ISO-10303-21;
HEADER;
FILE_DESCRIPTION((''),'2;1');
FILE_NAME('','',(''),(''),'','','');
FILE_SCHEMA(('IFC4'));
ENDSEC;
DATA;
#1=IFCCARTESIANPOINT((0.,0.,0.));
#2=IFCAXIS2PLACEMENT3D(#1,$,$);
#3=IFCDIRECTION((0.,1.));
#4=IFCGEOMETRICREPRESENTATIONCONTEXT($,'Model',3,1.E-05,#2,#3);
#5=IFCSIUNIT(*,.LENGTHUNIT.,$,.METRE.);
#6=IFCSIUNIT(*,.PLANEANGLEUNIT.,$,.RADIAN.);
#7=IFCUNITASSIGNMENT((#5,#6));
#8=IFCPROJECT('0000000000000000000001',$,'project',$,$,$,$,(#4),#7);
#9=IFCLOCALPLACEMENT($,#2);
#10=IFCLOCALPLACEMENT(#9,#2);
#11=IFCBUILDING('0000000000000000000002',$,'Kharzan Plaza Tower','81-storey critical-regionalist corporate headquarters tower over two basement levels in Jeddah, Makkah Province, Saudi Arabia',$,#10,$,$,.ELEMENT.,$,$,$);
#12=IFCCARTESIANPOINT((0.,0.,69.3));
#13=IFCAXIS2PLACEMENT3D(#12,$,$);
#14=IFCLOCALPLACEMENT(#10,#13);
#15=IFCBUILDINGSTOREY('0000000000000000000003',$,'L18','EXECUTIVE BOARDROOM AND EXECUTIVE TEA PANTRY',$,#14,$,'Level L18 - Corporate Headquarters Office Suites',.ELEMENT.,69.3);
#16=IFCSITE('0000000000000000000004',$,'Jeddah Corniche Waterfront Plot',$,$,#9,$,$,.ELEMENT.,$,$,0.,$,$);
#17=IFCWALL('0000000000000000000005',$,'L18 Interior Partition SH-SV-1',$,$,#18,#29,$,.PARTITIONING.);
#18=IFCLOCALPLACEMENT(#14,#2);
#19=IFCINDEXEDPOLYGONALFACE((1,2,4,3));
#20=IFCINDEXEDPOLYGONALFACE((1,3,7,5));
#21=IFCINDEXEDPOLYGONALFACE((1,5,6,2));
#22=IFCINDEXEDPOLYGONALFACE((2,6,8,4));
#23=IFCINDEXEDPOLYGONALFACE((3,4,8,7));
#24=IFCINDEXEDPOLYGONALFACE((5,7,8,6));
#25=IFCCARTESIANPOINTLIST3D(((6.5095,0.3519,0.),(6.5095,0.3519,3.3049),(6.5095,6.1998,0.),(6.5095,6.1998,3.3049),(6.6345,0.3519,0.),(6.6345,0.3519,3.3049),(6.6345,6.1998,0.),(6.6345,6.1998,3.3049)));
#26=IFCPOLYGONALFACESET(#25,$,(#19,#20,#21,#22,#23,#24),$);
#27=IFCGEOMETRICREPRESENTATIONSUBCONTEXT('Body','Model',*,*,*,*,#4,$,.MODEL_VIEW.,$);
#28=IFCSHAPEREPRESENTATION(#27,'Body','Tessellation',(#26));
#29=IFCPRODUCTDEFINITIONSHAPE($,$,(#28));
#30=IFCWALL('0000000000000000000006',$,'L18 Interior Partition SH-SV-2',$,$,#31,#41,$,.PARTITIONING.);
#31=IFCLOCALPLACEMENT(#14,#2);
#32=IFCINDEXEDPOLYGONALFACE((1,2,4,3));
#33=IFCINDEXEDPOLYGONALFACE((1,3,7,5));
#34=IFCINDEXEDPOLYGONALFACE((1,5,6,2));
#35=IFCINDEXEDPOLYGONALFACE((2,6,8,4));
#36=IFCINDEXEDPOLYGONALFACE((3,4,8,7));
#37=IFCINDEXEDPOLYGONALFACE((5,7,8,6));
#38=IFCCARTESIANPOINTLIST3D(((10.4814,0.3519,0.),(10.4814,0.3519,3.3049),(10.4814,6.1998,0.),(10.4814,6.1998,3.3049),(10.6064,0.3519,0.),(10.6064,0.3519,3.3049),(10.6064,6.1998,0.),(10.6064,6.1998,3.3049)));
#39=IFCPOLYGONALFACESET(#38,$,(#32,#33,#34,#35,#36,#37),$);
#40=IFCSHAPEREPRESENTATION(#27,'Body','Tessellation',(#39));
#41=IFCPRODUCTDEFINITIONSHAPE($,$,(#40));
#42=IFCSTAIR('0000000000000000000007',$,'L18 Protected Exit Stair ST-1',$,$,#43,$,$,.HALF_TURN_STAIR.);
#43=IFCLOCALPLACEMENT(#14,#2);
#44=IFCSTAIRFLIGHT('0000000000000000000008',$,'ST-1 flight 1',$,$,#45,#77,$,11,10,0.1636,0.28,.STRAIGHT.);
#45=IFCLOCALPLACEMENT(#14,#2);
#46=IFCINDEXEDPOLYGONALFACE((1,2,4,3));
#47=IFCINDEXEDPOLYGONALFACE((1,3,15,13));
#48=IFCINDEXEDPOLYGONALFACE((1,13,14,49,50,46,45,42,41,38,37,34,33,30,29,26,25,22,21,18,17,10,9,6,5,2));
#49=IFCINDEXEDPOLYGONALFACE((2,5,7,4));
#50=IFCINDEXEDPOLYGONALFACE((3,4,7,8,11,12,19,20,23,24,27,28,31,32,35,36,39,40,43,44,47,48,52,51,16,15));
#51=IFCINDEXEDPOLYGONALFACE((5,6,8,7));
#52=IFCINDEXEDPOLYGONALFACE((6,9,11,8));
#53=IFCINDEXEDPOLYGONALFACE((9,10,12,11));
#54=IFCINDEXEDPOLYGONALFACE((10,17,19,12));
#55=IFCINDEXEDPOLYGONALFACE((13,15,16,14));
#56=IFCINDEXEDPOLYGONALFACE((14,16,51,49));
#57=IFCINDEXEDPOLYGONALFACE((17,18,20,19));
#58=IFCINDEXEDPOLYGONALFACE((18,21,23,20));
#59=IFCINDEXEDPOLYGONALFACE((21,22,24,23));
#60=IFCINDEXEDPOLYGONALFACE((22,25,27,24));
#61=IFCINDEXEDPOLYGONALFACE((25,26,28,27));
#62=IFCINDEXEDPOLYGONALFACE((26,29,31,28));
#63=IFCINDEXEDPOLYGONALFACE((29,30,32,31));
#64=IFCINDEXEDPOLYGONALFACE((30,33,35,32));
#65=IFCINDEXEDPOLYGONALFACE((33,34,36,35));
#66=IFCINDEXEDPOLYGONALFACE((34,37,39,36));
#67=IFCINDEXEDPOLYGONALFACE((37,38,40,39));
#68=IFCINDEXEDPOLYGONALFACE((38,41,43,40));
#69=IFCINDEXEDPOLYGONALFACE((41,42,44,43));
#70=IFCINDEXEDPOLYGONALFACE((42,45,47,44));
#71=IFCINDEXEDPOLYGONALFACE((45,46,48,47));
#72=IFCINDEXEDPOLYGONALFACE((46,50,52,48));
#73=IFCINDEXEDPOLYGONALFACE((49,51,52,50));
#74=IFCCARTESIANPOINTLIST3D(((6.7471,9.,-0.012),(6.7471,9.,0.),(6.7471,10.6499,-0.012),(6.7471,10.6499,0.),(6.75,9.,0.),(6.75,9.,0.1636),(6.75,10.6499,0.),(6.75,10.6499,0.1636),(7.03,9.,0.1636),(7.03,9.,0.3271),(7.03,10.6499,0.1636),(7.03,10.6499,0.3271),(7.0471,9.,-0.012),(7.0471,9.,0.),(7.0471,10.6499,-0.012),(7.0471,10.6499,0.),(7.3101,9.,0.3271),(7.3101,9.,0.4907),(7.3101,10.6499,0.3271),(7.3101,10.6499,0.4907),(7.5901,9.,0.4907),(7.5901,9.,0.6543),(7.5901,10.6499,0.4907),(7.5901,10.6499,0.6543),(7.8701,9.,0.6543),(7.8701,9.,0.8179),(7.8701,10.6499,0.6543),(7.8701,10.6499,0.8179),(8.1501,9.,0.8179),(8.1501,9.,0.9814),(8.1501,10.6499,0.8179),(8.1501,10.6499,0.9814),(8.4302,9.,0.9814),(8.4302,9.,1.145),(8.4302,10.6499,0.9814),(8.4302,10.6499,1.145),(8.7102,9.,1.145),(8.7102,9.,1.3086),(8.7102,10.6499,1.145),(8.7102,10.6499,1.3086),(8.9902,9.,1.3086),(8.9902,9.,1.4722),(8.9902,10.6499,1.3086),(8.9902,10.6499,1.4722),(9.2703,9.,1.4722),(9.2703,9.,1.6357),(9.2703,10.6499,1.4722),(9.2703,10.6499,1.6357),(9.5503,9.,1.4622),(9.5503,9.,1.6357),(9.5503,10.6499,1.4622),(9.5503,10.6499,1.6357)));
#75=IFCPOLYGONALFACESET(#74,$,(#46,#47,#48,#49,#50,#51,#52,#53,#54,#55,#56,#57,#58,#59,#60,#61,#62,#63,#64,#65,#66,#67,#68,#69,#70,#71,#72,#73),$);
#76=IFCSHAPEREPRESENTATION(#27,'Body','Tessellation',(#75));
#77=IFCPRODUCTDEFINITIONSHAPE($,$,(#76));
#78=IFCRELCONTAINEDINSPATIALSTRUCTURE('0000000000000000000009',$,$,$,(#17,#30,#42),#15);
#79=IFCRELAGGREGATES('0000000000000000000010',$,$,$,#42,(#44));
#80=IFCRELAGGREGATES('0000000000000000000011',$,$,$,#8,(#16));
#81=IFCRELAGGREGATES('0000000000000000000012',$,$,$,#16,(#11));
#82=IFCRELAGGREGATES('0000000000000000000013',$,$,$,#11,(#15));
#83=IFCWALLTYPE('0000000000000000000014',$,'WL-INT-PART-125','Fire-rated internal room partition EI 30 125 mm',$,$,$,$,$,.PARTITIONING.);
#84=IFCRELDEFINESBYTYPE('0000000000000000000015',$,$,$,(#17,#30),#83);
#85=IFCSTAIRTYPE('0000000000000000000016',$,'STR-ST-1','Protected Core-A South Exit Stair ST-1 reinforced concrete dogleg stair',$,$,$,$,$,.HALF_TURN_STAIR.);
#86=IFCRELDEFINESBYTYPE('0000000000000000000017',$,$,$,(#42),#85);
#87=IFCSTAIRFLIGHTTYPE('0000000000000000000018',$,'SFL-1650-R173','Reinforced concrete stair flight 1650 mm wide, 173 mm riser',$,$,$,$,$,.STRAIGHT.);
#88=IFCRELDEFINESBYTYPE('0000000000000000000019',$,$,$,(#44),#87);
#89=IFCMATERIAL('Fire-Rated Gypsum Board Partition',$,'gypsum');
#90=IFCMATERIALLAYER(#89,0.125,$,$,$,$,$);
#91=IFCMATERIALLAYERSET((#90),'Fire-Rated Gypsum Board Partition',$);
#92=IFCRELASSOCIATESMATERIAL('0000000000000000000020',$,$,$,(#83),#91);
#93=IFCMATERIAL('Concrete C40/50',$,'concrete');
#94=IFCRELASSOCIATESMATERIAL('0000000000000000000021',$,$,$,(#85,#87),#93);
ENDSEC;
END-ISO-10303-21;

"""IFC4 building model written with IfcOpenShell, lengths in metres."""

from ifc_helpers import new_model, si_unit, direction, frame, frame_2d, origin, place, context, subcontext, project, spatial, polyline, rectangle, outline, extrude, source, transform, mapped, material, layer, layer_set, type_object, element, aggregate, save


model = new_model("IFC4")

# Units and contexts
model_context = context("Model", 3, precision=1e-05, world=origin(), true_north=direction((0.0, 1.0)))
body_context = subcontext(model_context, "Body", "Model", "MODEL_VIEW")
ifc_project = project(units=[si_unit("LENGTHUNIT", "METRE"), si_unit("PLANEANGLEUNIT", "RADIAN")], contexts=[model_context])

# Site, building, storey
site_placement = place(None, origin())
site = spatial("IfcSite", under=ifc_project, at=site_placement, Name="Jeddah Corniche Waterfront Plot", CompositionType="ELEMENT", RefElevation=0.0)
building_placement = place(site_placement, origin())
building = spatial("IfcBuilding", under=site, at=building_placement, Name="Kharzan Plaza Tower", Description="81-storey critical-regionalist corporate headquarters tower over two basement levels in Jeddah, Makkah Province, Saudi Arabia", CompositionType="ELEMENT")
storey_placement = place(building_placement, frame((0.0, 0.0, 69.3)))
storey = spatial("IfcBuildingStorey", under=building, at=storey_placement, Name="L18", Description="EXECUTIVE BOARDROOM AND EXECUTIVE TEA PANTRY", LongName="Level L18 - Corporate Headquarters Office Suites", CompositionType="ELEMENT", Elevation=69.3)

# Shared definitions
ifc_material_1 = material(Name="Concrete C40/50", Category="concrete")

# Shared definitions
ifc_material_2 = material(Name="Fire-Rated Gypsum Board Partition", Category="gypsum")
ifc_layer_1 = layer(ifc_material_2, 0.125)
ifc_layer_set_1 = layer_set([ifc_layer_1], Name="Fire-Rated Gypsum Board Partition")
wall_type_1 = type_object("IfcWallType", Name="WL-INT-PART-125", Description="Fire-rated internal room partition EI 30 125 mm", PredefinedType="PARTITIONING", material=ifc_layer_set_1)

# Walls
shared_shape_1 = source(origin(), body_context, "Body", "SweptSolid", [
    extrude(rectangle(XDim=5.8479, YDim=0.125, at=frame_2d((2.9238, 0.0))), origin(), (0.0, 0.0, 1.0), 3.3049),
])
for number, where, z_axis, x_axis, name in (
    (1, (6.572, 0.3521, 0.0), (0.0, 0.0, 1.0), (0.0, 1.0, 0.0), "L18 Interior Partition SH-SV-1"),
    (2, (10.5439, 0.3521, 0.0), (0.0, 0.0, 1.0), (0.0, 1.0, 0.0), "L18 Interior Partition SH-SV-2"),
):
    element("IfcWall", number, at=place(storey_placement, frame(where, z_axis=z_axis, x_axis=x_axis)), inside=storey, type_object=wall_type_1, Name=name, PredefinedType="PARTITIONING", context=body_context, shape_type="MappedRepresentation", body=[
        mapped(shared_shape_1, transform((0.0, 0.0, 0.0), x_axis=(1.0, 0.0, 0.0), y_axis=(0.0, 1.0, 0.0), z_axis=(0.0, 0.0, 1.0))),
    ])

# Stair, stair flight
stair_type = type_object("IfcStairType", Name="STR-ST-1", Description="Protected Core-A South Exit Stair ST-1 reinforced concrete dogleg stair", PredefinedType="HALF_TURN_STAIR", material=ifc_material_1)
stair_placement = place(storey_placement, origin())
stair = element("IfcStair", 3, at=stair_placement, inside=storey, type_object=stair_type, Name="L18 Protected Exit Stair ST-1", PredefinedType="HALF_TURN_STAIR")
stair_flight_type = type_object("IfcStairFlightType", Name="SFL-1650-R173", Description="Reinforced concrete stair flight 1650 mm wide, 173 mm riser", PredefinedType="STRAIGHT", material=ifc_material_1)
shared_shape_2 = source(origin(), body_context, "Body", "SweptSolid", [
    extrude(outline(polyline([(-0.0029, -0.012), (-0.0029, 0.0), (0.0, 0.0), (0.0, 0.1636), (0.28, 0.1636), (0.28, 0.3271), (0.5601, 0.3271), (0.5601, 0.4907), (0.8401, 0.4907), (0.8401, 0.6543), (1.1201, 0.6543), (1.1201, 0.8179), (1.4001, 0.8179), (1.4001, 0.9814), (1.6802, 0.9814), (1.6802, 1.145), (1.9602, 1.145), (1.9602, 1.3086), (2.2402, 1.3086), (2.2402, 1.4722), (2.5203, 1.4722), (2.5203, 1.6357), (2.8003, 1.6357), (2.8003, 1.7993), (2.8003, 1.4622), (0.2971, 0.0), (0.2971, -0.012), (-0.0029, -0.012)])), frame((0.0, 0.825, 0.0), z_axis=(0.0, -1.0, 0.0), x_axis=(1.0, 0.0, 0.0)), (0.0, 0.0, 1.0), 1.6499),
])
stair_flight_placement = place(storey_placement, frame((6.75, 9.825, 0.0), z_axis=(0.0, 0.0, 1.0), x_axis=(1.0, 0.0, 0.0)))
stair_flight = element("IfcStairFlight", 4, at=stair_flight_placement, type_object=stair_flight_type, Name="ST-1 flight 1", NumberOfRisers=11, NumberOfTreads=10, PredefinedType="STRAIGHT", RiserHeight=0.1636, TreadLength=0.28, context=body_context, shape_type="MappedRepresentation", body=[
    mapped(shared_shape_2, transform((0.0, 0.0, 0.0), x_axis=(1.0, 0.0, 0.0), y_axis=(0.0, 1.0, 0.0), z_axis=(0.0, 0.0, 1.0))),
])
aggregate(stair, [stair_flight])

save(model, "model.ifc")
